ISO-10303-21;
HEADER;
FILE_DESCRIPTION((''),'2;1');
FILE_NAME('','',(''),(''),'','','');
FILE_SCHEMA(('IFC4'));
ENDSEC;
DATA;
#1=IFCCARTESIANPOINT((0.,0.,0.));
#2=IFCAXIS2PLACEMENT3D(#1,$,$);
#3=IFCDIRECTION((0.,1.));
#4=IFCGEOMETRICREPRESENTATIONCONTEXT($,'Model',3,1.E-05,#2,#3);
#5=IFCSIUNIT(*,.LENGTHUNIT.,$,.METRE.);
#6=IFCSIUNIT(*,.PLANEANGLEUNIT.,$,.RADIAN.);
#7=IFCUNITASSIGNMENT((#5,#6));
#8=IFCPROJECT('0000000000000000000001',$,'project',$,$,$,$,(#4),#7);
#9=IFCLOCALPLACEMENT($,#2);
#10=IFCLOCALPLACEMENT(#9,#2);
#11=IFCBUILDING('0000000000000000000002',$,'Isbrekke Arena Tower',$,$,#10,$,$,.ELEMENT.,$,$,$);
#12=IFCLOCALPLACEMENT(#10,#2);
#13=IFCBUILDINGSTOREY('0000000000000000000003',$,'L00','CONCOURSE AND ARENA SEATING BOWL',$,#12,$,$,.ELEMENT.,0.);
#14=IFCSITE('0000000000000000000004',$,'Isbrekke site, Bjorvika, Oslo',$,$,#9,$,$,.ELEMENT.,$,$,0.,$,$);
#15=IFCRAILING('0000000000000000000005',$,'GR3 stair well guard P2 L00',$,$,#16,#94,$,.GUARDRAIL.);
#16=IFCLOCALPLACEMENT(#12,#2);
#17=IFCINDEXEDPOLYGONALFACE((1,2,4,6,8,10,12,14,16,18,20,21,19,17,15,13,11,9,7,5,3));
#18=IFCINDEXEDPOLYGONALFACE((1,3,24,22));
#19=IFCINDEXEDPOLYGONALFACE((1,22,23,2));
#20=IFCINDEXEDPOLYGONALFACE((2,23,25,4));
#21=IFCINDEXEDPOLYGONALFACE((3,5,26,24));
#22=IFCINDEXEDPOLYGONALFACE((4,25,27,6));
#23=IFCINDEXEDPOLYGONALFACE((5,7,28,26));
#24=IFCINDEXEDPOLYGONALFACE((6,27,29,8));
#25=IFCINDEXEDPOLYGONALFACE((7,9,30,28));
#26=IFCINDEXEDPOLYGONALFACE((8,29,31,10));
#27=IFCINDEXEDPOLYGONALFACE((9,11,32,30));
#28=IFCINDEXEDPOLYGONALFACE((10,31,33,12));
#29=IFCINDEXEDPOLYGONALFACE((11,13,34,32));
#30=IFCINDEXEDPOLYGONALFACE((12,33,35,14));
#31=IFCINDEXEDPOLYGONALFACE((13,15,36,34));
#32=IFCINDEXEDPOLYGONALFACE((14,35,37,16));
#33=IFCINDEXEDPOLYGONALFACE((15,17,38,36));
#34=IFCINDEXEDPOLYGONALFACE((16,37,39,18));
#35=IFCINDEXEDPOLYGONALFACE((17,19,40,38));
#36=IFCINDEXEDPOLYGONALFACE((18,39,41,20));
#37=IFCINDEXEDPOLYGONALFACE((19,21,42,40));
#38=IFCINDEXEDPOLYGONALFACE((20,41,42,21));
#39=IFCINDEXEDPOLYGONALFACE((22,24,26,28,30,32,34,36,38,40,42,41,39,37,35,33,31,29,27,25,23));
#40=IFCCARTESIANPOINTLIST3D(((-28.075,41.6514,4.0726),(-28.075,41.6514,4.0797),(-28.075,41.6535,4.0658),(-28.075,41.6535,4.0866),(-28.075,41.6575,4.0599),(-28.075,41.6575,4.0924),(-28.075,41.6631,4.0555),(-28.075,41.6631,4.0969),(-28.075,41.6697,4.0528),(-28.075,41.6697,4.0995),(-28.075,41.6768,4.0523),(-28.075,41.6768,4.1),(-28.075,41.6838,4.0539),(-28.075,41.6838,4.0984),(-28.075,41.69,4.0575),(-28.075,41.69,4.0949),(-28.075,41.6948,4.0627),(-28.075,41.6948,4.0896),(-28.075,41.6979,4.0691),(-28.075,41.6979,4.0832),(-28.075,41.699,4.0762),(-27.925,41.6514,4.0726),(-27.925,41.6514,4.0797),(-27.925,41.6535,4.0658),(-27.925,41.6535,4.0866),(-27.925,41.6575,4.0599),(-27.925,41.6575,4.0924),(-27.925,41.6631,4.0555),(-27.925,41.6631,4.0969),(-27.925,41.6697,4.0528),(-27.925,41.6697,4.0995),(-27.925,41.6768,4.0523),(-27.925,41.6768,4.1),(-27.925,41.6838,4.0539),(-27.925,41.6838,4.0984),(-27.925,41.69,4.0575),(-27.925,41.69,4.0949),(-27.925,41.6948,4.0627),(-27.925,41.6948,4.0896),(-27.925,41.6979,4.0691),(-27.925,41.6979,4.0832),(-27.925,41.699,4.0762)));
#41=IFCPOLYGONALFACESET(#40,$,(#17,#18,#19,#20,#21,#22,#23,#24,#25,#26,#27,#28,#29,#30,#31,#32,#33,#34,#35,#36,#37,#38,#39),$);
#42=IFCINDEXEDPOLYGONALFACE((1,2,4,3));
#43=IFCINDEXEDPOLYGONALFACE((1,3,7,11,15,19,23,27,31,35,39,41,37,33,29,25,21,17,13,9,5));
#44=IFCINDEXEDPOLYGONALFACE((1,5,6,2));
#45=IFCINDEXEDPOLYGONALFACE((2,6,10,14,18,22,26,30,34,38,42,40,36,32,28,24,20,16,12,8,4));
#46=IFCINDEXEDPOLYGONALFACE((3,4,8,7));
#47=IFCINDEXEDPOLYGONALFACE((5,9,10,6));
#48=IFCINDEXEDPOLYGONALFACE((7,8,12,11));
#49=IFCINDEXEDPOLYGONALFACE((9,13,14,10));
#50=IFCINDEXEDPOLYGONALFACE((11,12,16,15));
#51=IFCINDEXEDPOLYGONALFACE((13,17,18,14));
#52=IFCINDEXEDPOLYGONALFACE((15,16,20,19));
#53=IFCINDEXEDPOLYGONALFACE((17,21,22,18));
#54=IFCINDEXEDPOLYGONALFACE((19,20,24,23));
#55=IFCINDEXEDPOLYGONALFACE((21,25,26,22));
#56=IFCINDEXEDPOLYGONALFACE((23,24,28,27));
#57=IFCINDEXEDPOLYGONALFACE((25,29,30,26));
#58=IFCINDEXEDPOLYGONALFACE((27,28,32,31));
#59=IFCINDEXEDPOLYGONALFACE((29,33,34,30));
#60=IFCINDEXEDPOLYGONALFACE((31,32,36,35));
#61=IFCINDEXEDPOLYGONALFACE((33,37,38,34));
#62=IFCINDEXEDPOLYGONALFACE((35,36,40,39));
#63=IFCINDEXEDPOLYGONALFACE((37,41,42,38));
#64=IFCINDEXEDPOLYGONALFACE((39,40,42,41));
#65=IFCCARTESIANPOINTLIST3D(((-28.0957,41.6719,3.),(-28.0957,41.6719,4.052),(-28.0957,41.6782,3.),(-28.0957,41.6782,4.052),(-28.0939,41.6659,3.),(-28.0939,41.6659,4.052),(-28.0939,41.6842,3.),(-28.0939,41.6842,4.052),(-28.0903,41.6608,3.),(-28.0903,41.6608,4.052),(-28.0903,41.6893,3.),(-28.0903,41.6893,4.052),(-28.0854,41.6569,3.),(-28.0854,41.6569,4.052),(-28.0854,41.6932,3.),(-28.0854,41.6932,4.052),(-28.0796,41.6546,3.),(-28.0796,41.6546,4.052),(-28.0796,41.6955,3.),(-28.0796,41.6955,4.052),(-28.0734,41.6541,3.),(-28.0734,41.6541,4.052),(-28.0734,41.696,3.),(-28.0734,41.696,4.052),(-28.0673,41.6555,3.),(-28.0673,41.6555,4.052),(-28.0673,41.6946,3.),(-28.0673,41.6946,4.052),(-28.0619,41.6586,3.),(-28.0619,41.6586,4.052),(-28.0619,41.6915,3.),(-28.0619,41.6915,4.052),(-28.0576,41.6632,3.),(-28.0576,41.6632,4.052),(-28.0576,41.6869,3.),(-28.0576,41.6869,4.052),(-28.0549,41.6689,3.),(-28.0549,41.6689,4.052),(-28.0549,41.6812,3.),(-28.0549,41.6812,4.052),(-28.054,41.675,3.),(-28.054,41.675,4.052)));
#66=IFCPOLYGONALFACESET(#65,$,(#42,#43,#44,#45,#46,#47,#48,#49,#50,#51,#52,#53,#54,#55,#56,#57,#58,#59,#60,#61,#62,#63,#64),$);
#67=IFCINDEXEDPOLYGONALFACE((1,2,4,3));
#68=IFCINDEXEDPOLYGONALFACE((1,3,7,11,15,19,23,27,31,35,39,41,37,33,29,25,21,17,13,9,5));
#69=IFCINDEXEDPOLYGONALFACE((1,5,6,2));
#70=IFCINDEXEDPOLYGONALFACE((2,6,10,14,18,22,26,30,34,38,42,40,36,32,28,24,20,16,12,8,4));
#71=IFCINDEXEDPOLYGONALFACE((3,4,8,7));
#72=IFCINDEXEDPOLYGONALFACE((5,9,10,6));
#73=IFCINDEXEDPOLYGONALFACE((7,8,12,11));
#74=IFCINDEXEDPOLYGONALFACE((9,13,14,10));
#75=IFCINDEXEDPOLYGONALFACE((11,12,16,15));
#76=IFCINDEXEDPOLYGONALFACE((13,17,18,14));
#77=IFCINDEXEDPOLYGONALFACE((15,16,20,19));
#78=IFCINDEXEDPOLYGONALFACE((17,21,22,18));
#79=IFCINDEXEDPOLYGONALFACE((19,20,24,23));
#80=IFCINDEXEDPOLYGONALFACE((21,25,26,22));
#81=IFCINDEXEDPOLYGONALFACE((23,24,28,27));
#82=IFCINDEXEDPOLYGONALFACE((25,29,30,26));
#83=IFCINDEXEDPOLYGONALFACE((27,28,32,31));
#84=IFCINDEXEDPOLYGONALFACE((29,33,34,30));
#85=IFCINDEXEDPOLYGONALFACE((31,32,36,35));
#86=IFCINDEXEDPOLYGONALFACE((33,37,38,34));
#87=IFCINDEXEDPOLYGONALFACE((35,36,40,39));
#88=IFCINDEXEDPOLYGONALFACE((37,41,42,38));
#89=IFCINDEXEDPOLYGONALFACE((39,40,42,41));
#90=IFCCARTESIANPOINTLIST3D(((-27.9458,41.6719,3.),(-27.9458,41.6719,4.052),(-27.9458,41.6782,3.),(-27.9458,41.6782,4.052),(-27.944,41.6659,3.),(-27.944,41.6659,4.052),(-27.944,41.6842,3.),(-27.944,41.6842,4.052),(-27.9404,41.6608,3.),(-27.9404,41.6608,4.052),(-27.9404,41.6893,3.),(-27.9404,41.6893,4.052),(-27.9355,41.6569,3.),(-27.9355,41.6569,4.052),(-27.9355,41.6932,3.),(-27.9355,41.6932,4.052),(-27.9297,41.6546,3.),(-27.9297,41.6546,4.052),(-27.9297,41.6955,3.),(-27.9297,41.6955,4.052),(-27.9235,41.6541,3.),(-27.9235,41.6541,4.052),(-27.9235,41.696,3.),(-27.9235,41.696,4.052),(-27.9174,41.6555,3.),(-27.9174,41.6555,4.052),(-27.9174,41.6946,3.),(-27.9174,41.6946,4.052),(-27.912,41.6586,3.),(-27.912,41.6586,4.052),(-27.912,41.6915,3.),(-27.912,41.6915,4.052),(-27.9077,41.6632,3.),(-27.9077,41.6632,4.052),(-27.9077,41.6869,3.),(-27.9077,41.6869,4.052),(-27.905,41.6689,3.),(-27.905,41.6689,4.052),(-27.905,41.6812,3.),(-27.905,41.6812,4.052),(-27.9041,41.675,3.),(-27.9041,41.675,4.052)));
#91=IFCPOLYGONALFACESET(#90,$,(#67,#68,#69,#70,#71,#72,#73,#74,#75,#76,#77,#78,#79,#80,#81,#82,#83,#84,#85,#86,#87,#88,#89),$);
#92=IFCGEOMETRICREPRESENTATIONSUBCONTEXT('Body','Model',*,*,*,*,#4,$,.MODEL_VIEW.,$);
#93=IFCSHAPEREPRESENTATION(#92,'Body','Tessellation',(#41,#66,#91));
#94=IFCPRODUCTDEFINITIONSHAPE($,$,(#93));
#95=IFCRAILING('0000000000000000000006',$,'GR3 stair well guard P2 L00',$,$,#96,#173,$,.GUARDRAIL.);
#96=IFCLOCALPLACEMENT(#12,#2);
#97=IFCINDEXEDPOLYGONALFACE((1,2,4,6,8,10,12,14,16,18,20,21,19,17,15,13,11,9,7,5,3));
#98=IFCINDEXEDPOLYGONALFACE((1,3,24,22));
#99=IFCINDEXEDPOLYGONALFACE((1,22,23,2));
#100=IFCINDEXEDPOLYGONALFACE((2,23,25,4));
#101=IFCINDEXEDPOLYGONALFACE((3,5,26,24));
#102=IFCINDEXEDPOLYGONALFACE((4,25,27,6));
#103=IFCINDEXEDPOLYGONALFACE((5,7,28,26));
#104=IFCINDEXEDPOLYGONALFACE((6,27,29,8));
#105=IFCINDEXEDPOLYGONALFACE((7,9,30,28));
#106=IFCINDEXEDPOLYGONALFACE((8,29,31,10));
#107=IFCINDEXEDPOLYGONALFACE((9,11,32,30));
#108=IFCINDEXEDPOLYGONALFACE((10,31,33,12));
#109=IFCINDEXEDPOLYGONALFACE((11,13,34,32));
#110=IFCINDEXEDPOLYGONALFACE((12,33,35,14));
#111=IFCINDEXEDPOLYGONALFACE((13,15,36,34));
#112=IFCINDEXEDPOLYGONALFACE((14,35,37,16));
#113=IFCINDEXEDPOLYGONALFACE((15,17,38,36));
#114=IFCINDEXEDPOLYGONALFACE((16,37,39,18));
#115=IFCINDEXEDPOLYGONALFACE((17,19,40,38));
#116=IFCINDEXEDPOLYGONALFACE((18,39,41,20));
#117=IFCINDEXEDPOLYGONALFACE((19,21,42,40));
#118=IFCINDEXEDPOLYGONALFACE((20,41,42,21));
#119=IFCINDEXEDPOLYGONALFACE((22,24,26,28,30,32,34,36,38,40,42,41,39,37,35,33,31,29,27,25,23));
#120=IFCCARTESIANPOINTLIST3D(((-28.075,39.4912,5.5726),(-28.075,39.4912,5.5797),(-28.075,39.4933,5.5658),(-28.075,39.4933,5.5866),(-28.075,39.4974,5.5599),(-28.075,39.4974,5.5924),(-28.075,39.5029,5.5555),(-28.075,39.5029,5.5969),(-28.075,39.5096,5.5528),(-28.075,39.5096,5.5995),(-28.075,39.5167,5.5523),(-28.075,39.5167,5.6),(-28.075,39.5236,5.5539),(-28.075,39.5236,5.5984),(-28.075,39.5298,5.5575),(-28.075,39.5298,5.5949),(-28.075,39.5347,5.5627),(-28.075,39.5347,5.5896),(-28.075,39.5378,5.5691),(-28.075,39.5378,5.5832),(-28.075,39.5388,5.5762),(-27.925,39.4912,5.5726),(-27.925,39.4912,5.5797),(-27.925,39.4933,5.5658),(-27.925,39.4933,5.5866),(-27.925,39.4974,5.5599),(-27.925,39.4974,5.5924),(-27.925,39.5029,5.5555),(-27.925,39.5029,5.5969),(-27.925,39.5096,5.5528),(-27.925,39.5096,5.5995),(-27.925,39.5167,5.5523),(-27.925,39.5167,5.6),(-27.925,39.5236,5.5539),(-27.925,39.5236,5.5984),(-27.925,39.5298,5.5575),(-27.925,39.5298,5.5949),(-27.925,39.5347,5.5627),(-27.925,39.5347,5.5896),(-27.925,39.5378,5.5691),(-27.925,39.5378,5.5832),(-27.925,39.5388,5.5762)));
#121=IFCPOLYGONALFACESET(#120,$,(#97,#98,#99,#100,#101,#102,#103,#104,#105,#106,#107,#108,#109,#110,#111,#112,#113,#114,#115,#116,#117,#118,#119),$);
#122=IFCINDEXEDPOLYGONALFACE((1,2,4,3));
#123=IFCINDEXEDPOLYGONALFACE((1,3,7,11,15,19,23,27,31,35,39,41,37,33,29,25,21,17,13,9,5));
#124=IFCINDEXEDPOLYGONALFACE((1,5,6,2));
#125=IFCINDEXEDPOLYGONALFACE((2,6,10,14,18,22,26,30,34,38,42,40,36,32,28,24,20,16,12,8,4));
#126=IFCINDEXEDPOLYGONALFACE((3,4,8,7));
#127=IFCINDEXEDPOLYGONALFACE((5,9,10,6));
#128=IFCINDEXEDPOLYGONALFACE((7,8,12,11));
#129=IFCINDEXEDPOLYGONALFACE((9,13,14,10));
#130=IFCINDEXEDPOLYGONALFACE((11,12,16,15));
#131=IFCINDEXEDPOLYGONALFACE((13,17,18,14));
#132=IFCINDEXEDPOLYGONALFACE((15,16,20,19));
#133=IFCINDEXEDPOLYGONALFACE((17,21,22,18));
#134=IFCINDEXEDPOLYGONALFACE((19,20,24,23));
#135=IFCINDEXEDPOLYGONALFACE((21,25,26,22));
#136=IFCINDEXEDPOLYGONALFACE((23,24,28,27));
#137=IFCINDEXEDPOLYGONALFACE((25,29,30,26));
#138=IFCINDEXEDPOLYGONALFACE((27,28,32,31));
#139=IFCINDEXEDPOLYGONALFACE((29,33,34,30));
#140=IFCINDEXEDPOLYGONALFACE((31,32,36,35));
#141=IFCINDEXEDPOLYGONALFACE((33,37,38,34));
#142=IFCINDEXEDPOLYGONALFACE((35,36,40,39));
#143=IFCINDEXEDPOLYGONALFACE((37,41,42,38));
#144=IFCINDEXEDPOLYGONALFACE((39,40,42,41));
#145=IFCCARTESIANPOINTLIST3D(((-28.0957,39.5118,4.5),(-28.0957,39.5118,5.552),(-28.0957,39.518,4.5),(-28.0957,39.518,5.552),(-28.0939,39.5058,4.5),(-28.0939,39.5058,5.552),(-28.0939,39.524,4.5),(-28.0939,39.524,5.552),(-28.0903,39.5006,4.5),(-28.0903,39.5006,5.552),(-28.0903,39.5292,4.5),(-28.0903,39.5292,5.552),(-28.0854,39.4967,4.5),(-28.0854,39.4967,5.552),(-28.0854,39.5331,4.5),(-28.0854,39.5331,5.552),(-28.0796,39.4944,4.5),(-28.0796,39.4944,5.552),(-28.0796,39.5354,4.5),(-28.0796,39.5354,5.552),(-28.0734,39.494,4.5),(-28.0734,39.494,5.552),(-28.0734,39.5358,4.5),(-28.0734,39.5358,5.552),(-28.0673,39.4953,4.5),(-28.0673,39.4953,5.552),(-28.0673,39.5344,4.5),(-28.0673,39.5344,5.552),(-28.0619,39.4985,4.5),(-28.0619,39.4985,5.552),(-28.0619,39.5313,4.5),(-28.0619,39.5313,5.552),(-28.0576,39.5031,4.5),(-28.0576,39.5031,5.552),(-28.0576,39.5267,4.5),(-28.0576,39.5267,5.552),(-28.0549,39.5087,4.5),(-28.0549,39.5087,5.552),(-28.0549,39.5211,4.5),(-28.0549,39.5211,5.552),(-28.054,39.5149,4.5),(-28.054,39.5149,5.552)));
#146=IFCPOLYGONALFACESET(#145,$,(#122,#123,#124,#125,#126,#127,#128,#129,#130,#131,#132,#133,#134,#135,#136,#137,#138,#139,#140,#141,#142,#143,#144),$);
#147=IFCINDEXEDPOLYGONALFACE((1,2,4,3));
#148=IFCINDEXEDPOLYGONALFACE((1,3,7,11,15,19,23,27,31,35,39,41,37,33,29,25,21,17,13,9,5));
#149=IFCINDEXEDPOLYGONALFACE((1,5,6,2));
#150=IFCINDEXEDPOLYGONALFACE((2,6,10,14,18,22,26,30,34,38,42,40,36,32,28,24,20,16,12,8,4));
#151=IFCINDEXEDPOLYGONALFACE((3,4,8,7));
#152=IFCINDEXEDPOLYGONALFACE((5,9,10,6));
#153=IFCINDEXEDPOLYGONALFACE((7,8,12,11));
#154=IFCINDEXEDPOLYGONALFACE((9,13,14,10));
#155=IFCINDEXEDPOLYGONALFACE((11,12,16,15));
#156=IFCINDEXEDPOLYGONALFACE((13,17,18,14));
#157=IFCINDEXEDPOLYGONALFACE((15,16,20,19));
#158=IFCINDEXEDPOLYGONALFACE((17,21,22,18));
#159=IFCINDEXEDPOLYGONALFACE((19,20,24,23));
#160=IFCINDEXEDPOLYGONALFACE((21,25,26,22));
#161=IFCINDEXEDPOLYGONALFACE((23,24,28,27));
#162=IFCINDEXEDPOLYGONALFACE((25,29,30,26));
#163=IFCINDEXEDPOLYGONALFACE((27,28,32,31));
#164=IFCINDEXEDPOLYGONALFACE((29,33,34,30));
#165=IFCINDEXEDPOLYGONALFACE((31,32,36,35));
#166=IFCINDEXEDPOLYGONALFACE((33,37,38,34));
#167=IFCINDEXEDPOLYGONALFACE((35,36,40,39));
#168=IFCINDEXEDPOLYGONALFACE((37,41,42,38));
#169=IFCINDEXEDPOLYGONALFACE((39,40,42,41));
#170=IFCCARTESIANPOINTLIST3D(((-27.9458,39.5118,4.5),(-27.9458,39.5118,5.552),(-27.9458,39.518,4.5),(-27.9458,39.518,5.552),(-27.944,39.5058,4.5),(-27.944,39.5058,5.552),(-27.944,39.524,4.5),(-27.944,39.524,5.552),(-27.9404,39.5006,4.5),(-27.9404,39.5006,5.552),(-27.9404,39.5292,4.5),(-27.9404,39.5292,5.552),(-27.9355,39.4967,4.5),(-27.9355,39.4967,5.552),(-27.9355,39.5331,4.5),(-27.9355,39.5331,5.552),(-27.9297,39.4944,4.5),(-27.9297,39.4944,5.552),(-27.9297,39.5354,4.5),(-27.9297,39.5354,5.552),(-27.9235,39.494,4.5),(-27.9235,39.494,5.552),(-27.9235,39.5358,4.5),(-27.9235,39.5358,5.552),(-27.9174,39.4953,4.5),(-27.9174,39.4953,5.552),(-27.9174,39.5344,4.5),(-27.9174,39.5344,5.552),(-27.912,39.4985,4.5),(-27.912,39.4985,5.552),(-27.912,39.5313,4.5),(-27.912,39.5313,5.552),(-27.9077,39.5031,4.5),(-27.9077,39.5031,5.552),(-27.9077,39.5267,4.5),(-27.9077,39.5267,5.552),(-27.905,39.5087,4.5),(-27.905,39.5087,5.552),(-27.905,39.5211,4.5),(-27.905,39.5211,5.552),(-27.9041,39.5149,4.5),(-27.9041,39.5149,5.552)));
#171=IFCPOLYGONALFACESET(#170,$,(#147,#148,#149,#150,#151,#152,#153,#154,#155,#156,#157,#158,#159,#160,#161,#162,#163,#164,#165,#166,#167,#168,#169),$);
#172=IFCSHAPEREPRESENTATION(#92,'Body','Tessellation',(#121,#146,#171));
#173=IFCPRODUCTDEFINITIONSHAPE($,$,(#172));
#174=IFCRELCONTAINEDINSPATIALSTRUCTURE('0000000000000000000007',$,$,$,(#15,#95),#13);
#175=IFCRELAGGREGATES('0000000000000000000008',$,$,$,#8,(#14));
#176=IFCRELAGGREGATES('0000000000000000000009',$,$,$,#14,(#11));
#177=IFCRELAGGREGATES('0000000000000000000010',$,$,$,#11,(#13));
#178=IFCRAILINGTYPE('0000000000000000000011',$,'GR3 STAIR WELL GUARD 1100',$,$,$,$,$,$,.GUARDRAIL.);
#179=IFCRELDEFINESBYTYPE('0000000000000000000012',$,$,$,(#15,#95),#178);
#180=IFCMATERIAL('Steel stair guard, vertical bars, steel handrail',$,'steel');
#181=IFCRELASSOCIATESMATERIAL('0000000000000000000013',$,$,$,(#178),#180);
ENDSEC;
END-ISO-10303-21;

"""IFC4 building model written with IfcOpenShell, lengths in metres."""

from ifc_helpers import new_model, si_unit, direction, frame, origin, origin_2d, place, context, subcontext, project, spatial, circle, extrude, material, type_object, element, save


model = new_model("IFC4")

# Units and contexts
model_context = context("Model", 3, precision=1e-05, world=origin(), true_north=direction((0.0, 1.0)))
body_context = subcontext(model_context, "Body", "Model", "MODEL_VIEW")
ifc_project = project(units=[si_unit("LENGTHUNIT", "METRE"), si_unit("PLANEANGLEUNIT", "RADIAN")], contexts=[model_context])

# Site, building, storey
site_placement = place(None, origin())
site = spatial("IfcSite", under=ifc_project, at=site_placement, Name="Isbrekke site, Bjorvika, Oslo", CompositionType="ELEMENT", RefElevation=0.0)
building_placement = place(site_placement, origin())
building = spatial("IfcBuilding", under=site, at=building_placement, Name="Isbrekke Arena Tower", CompositionType="ELEMENT")
storey_placement = place(building_placement, origin())
storey = spatial("IfcBuildingStorey", under=building, at=storey_placement, Name="L00", Description="CONCOURSE AND ARENA SEATING BOWL", CompositionType="ELEMENT", Elevation=0.0)

# Railings
ifc_material_1 = material(Name="Steel stair guard, vertical bars, steel handrail", Category="steel")
railing_type = type_object("IfcRailingType", Name="GR3 STAIR WELL GUARD 1100", PredefinedType="GUARDRAIL", material=ifc_material_1)
for number, where, name in (
    (1, (-28.075, 41.675, 3.0), "GR3 stair well guard P2 L00"),
    (2, (-28.075, 39.5149, 4.5), "GR3 stair well guard P2 L00"),
):
    element("IfcRailing", number, at=place(storey_placement, frame(where)), inside=storey, type_object=railing_type, Name=name, PredefinedType="GUARDRAIL", context=body_context, shape_type="SweptSolid", body=[
        extrude(circle(Radius=0.0239, at=origin_2d()), frame((0.0, 0.0, 1.0762), z_axis=(1.0, 0.0, 0.0), x_axis=(0.0, 1.0, 0.0)), (0.0, 0.0, 1.0), 0.1499),
        extrude(circle(Radius=0.021, at=origin_2d()), origin(), (0.0, 0.0, 1.0), 1.052),
        extrude(circle(Radius=0.021, at=origin_2d()), frame((0.1499, 0.0, 0.0)), (0.0, 0.0, 1.0), 1.052),
    ])

save(model, "model.ifc")
